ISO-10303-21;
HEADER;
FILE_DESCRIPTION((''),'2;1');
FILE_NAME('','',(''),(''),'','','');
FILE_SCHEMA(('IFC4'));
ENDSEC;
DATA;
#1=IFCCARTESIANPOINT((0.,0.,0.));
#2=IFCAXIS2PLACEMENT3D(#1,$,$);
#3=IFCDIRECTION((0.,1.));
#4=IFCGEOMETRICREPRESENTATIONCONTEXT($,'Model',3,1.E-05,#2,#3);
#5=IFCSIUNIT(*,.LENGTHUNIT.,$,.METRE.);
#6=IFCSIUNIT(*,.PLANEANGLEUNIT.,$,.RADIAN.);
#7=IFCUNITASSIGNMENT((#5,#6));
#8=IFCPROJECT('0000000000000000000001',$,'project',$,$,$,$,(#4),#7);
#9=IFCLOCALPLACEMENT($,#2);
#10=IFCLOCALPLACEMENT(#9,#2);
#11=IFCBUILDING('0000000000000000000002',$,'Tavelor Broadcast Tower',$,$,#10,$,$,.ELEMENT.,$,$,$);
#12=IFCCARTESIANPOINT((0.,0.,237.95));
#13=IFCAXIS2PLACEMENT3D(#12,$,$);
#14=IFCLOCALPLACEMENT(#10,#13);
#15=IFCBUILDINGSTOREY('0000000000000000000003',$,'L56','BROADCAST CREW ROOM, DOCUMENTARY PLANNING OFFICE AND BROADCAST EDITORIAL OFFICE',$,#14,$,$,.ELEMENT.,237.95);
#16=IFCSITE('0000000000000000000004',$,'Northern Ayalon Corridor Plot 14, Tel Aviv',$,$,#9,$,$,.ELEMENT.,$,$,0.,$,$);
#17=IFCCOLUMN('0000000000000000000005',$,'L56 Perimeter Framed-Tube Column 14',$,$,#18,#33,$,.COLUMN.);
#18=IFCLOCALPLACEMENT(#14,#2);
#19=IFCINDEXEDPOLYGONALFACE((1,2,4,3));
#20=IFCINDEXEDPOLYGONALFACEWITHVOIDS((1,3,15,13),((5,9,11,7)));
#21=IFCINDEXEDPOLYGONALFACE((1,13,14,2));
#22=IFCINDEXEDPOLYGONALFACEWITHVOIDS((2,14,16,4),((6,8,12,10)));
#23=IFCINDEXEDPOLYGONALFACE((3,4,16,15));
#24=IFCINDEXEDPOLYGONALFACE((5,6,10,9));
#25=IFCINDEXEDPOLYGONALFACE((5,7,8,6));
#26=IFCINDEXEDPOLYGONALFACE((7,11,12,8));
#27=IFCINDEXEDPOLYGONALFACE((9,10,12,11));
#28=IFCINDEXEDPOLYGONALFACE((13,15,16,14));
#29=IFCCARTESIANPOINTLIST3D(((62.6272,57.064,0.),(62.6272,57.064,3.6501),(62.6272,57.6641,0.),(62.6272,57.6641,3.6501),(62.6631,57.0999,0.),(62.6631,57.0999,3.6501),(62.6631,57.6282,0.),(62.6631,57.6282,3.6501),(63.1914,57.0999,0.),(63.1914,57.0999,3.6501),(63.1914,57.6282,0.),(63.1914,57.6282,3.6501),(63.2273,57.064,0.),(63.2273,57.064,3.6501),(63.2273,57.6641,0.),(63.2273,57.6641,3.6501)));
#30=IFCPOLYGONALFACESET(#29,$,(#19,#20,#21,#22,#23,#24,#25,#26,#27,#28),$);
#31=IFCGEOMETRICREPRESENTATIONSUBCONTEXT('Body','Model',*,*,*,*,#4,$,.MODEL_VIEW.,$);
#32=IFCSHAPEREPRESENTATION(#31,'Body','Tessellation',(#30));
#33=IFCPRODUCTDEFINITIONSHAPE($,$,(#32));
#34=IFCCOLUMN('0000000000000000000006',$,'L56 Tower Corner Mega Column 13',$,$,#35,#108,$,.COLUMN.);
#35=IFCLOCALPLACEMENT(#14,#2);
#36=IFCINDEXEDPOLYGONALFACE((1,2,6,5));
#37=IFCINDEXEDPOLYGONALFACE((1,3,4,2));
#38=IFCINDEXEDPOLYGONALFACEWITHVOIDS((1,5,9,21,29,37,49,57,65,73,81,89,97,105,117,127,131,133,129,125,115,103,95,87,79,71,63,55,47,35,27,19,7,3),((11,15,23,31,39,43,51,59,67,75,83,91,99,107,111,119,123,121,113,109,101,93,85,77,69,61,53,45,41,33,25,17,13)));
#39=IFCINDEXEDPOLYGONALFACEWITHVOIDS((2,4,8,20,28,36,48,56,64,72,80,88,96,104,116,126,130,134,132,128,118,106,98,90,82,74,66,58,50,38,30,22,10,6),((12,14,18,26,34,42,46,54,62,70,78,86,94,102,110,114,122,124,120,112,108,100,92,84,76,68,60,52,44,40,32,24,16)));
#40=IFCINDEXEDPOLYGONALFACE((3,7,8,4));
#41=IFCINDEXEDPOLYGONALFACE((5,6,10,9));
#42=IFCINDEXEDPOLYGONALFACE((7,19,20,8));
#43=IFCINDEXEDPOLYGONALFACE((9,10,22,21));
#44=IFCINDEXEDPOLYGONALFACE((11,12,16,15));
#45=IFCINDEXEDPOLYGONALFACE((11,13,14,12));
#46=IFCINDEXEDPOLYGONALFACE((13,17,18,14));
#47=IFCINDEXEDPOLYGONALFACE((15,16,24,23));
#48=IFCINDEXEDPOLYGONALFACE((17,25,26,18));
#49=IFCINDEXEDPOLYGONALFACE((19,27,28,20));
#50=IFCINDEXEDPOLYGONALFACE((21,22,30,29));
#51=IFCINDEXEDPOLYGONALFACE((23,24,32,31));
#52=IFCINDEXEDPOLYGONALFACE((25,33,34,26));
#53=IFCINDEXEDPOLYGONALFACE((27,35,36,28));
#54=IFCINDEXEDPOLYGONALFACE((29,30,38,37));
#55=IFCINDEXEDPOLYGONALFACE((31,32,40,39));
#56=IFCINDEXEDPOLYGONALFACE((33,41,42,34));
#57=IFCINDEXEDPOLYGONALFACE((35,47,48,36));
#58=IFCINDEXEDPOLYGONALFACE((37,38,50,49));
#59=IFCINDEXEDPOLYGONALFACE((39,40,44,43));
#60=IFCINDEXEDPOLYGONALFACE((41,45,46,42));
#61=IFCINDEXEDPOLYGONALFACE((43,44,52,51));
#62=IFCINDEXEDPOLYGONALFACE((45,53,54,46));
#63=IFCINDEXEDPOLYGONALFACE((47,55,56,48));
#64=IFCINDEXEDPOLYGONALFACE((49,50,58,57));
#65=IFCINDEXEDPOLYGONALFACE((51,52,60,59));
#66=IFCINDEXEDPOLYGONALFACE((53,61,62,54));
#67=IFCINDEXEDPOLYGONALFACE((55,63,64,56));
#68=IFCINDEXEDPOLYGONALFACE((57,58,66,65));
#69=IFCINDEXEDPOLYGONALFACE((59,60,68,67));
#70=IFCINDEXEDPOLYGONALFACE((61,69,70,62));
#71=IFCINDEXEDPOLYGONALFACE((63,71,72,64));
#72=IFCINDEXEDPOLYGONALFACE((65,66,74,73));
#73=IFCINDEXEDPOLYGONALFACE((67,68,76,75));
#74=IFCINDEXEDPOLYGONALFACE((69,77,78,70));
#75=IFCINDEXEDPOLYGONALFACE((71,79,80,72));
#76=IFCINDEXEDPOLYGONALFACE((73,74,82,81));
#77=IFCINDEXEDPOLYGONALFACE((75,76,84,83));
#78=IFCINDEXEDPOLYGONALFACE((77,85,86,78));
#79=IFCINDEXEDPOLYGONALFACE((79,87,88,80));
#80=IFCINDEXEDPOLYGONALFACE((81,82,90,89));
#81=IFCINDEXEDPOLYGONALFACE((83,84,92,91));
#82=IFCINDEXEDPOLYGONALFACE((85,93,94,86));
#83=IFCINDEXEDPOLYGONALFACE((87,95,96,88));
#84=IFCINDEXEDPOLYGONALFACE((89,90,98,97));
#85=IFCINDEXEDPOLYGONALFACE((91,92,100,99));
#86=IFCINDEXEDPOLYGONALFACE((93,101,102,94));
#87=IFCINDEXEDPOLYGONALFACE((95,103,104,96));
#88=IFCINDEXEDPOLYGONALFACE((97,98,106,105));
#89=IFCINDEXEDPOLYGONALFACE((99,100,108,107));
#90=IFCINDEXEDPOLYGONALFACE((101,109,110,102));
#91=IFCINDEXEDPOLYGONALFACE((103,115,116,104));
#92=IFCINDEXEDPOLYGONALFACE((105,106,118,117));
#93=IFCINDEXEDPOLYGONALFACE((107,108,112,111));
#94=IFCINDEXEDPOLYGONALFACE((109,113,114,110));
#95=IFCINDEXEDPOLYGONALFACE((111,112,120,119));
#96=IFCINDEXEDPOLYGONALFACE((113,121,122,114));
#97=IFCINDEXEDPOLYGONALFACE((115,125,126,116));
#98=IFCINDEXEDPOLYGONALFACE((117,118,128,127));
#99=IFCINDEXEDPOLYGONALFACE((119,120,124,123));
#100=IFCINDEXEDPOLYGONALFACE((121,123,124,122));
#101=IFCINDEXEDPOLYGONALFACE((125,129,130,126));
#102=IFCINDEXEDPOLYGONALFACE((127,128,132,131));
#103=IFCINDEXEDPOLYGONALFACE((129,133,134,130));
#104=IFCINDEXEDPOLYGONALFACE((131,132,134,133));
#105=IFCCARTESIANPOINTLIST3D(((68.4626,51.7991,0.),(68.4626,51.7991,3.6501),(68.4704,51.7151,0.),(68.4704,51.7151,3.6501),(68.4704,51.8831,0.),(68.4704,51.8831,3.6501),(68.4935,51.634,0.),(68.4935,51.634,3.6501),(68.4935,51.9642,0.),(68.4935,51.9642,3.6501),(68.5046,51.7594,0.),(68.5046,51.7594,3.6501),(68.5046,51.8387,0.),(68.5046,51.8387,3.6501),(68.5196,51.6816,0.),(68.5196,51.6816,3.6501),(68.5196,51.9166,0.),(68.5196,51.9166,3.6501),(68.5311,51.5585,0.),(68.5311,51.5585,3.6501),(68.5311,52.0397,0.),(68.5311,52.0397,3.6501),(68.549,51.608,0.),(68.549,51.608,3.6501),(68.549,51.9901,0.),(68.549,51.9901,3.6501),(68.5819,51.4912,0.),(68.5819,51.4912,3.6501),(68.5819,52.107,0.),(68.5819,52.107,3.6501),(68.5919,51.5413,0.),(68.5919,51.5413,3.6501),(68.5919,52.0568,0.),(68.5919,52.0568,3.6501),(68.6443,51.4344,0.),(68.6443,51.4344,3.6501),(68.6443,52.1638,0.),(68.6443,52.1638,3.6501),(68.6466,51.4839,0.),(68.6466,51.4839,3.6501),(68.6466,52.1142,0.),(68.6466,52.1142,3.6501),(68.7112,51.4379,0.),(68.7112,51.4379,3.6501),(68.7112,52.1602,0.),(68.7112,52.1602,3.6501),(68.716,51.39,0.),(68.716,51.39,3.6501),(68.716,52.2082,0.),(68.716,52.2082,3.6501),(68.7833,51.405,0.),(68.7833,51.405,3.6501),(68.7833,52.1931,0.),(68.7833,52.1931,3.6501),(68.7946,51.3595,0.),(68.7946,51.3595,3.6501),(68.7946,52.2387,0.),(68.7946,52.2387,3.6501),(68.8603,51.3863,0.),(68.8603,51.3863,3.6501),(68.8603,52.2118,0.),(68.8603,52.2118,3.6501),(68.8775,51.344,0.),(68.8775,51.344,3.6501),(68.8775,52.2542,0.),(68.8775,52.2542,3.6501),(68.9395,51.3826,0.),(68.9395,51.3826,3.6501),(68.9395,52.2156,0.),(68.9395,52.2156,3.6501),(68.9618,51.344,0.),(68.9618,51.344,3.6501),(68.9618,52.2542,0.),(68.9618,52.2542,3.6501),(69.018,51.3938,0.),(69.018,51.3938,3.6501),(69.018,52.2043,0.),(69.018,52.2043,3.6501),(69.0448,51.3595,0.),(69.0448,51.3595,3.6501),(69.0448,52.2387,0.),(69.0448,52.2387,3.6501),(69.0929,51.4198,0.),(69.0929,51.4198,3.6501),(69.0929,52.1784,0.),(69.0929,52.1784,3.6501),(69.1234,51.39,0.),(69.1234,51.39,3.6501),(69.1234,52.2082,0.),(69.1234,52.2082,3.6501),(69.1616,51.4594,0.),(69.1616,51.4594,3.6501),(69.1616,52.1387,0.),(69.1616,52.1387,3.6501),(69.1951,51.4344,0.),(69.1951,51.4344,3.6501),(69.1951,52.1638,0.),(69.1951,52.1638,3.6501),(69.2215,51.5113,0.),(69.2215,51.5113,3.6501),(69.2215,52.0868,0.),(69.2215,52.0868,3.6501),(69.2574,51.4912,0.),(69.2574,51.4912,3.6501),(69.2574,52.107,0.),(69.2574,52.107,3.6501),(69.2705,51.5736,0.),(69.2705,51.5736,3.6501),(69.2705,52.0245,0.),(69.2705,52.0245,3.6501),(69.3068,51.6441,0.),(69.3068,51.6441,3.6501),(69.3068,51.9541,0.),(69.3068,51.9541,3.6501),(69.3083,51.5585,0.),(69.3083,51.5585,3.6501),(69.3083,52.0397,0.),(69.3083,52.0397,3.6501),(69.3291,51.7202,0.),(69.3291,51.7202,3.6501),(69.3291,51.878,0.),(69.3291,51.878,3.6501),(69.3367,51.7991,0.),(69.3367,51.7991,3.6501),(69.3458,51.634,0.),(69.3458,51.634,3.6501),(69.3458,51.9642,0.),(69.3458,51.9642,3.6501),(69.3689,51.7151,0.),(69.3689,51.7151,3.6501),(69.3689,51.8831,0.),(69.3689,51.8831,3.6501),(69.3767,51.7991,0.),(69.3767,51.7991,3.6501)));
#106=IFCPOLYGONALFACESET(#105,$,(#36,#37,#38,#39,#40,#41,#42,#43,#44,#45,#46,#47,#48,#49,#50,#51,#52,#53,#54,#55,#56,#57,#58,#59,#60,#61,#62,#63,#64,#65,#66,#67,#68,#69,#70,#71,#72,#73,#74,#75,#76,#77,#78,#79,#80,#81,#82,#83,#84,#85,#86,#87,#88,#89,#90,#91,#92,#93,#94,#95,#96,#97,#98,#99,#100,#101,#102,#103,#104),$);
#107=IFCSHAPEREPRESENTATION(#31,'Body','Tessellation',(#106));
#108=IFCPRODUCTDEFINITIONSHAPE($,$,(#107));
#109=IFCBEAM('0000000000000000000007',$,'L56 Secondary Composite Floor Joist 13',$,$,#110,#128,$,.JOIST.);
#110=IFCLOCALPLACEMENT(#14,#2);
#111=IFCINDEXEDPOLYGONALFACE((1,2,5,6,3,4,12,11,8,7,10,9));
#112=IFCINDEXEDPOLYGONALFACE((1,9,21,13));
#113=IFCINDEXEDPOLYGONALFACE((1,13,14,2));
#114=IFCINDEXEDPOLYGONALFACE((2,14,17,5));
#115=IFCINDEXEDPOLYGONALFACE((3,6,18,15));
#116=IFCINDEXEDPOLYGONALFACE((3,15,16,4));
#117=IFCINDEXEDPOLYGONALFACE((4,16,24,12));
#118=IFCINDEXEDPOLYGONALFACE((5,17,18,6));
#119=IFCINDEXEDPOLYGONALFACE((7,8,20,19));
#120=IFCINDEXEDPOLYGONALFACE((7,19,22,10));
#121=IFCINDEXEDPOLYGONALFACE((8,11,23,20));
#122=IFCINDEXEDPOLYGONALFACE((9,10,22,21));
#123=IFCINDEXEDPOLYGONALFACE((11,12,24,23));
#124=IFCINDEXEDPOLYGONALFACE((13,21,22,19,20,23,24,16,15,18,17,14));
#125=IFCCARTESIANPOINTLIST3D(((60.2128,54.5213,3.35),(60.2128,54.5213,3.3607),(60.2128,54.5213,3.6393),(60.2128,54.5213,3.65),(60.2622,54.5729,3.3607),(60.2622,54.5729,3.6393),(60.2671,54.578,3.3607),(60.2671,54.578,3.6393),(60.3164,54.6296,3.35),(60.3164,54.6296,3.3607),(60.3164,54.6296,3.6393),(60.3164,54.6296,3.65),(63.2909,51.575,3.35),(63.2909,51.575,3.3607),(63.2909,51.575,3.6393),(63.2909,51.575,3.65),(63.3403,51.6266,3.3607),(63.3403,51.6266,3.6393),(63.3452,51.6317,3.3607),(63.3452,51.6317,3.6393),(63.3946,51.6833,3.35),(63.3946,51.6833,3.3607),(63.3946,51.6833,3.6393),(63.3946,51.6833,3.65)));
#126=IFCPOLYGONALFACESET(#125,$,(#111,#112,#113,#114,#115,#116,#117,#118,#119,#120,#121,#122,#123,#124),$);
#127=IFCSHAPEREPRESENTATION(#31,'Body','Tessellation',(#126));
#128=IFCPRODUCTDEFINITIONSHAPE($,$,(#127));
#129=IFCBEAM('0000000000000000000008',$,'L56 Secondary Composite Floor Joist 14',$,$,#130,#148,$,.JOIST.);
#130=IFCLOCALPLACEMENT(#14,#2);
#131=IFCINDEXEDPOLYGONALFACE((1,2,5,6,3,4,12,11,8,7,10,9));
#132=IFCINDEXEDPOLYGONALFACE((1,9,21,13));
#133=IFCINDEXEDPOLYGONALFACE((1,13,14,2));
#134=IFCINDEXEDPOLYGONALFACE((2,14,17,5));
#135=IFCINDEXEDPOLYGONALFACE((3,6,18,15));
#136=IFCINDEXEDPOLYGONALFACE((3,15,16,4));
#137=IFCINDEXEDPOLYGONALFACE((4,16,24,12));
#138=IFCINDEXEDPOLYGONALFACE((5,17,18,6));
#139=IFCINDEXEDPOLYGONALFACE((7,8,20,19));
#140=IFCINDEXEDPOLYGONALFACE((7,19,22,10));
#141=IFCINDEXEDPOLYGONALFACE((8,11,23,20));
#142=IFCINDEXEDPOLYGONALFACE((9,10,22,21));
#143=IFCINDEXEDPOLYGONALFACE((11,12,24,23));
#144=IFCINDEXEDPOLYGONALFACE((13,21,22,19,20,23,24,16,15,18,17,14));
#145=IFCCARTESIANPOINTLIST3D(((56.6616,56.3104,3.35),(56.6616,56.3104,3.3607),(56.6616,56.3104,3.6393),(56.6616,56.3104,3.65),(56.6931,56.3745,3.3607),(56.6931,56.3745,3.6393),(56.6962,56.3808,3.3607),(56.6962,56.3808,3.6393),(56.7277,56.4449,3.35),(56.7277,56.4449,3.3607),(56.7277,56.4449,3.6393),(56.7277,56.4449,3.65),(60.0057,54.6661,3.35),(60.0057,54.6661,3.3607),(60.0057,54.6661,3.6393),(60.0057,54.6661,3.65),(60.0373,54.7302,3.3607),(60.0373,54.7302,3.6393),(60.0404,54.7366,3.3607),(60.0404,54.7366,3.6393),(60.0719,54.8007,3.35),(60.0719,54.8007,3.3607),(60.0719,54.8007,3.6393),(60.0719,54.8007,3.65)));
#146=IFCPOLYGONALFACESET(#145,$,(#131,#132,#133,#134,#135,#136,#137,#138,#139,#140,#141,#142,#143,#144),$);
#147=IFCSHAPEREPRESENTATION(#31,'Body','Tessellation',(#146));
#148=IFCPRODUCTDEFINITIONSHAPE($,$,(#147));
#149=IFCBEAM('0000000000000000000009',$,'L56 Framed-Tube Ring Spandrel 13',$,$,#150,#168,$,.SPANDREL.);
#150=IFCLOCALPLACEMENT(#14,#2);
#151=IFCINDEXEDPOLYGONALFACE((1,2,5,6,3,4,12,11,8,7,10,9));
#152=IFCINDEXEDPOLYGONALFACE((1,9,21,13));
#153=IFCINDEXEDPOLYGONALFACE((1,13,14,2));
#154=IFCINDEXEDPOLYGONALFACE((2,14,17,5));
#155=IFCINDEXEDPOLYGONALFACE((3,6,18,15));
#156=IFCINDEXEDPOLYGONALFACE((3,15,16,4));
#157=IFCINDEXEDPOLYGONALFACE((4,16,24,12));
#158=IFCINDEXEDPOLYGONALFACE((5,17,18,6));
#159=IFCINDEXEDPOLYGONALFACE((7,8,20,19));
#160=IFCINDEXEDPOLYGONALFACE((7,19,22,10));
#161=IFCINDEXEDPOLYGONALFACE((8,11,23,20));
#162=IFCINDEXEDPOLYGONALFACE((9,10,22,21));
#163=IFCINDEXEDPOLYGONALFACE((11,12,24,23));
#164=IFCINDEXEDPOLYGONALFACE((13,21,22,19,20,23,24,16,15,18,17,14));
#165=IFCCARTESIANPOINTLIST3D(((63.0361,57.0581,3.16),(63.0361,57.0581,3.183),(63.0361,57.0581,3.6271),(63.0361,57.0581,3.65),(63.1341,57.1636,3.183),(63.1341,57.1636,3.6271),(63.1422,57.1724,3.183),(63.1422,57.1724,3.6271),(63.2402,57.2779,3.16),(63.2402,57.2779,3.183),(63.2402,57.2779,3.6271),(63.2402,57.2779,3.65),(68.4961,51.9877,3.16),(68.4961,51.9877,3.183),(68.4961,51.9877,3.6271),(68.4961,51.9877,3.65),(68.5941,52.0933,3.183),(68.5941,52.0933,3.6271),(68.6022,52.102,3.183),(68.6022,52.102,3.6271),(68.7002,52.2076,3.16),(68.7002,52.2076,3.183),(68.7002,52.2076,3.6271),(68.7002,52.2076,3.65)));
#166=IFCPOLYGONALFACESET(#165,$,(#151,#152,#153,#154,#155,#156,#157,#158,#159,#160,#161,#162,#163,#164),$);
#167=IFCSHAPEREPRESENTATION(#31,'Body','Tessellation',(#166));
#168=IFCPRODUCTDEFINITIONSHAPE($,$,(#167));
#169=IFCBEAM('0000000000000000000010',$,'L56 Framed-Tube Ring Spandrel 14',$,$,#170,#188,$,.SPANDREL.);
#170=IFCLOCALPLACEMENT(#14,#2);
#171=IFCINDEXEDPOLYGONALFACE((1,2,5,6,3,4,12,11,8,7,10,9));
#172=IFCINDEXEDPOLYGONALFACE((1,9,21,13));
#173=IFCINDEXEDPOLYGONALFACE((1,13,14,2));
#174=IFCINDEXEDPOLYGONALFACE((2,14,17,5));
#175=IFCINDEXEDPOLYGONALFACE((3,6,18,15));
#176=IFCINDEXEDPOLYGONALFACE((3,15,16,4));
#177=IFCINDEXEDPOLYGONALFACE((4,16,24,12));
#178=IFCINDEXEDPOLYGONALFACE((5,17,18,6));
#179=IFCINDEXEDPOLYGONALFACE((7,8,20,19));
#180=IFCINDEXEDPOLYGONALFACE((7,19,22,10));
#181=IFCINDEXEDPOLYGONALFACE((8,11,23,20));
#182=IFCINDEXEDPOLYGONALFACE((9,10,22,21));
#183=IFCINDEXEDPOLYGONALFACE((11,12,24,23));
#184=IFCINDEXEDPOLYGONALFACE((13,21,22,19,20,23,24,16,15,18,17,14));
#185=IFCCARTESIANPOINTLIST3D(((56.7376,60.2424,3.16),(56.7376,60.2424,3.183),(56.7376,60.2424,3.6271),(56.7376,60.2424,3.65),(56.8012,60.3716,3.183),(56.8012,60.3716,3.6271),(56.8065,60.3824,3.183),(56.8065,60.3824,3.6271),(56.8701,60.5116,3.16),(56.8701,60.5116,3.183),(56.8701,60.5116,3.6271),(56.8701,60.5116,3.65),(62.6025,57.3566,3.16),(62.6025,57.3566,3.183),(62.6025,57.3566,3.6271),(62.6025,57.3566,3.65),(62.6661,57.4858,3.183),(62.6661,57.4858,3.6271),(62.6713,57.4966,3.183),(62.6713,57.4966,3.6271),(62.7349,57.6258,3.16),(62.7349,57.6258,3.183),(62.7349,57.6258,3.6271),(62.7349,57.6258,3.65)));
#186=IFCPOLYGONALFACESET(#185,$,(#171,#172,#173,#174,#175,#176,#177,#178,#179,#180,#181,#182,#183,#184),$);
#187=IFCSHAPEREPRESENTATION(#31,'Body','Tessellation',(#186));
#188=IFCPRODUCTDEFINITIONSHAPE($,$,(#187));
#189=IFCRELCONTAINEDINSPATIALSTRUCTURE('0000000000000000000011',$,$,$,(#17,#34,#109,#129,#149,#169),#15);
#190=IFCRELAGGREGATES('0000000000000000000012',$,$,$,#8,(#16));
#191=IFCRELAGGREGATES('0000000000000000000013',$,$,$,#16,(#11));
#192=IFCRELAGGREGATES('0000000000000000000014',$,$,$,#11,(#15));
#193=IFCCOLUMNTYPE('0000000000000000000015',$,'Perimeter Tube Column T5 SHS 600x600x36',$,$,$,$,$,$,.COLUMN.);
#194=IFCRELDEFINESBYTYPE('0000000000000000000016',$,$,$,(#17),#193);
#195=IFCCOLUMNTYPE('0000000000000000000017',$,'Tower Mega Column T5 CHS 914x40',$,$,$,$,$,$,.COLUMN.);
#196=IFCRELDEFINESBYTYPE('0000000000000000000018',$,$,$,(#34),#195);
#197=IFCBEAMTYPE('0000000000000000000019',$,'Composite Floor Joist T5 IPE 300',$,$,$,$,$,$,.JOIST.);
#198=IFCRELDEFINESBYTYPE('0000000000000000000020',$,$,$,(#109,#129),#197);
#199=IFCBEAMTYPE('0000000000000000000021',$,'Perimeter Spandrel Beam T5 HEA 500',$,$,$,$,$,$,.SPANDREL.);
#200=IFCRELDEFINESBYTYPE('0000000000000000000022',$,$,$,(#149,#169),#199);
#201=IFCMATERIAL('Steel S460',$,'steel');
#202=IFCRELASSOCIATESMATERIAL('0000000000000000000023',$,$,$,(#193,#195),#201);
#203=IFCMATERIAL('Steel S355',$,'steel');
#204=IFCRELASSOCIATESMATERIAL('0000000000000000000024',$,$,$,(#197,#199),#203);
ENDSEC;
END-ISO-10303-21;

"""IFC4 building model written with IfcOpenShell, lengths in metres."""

from ifc_helpers import new_model, si_unit, direction, frame, origin, origin_2d, place, context, subcontext, project, spatial, hollow_rectangle, hollow_circle, i_section, extrude, material, material_profile, profile_set, type_object, element, save


model = new_model("IFC4")

# Units and contexts
model_context = context("Model", 3, precision=1e-05, world=origin(), true_north=direction((0.0, 1.0)))
body_context = subcontext(model_context, "Body", "Model", "MODEL_VIEW")
ifc_project = project(units=[si_unit("LENGTHUNIT", "METRE"), si_unit("PLANEANGLEUNIT", "RADIAN")], contexts=[model_context])

# Site, building, storey
site_placement = place(None, origin())
site = spatial("IfcSite", under=ifc_project, at=site_placement, Name="Northern Ayalon Corridor Plot 14, Tel Aviv", CompositionType="ELEMENT", RefElevation=0.0)
building_placement = place(site_placement, origin())
building = spatial("IfcBuilding", under=site, at=building_placement, Name="Tavelor Broadcast Tower", CompositionType="ELEMENT")
storey_placement = place(building_placement, frame((0.0, 0.0, 237.95)))
storey = spatial("IfcBuildingStorey", under=building, at=storey_placement, Name="L56", Description="BROADCAST CREW ROOM, DOCUMENTARY PLANNING OFFICE AND BROADCAST EDITORIAL OFFICE", CompositionType="ELEMENT", Elevation=237.95)

# Columns
ifc_material_1 = material(Name="Steel S460", Category="steel")
ifc_material_profile_1 = material_profile(ifc_material_1, hollow_rectangle(XDim=0.6001, YDim=0.6001, WallThickness=0.0359, at=origin_2d()), Name="SHS 600x600x36")
ifc_profile_set_1 = profile_set([ifc_material_profile_1], Name="Steel S460")
column_type_1 = type_object("IfcColumnType", Name="Perimeter Tube Column T5 SHS 600x600x36", PredefinedType="COLUMN", material=ifc_profile_set_1)
column_1_placement = place(storey_placement, frame((62.9272, 57.364, 0.0), z_axis=(0.0, 0.0, 1.0), x_axis=(1.0, 0.0, 0.0)))
element("IfcColumn", 1, at=column_1_placement, inside=storey, type_object=column_type_1, Name="L56 Perimeter Framed-Tube Column 14", PredefinedType="COLUMN", context=body_context, shape_type="SweptSolid", body=[
    extrude(hollow_rectangle(XDim=0.6001, YDim=0.6001, WallThickness=0.0359, at=origin_2d()), origin(), (0.0, 0.0, 1.0), 3.6501),
])
ifc_material_profile_2 = material_profile(ifc_material_1, hollow_circle(Radius=0.457, WallThickness=0.04, at=origin_2d()), Name="CHS 914x40")
ifc_profile_set_2 = profile_set([ifc_material_profile_2], Name="Steel S460")
column_type_2 = type_object("IfcColumnType", Name="Tower Mega Column T5 CHS 914x40", PredefinedType="COLUMN", material=ifc_profile_set_2)
column_2_placement = place(storey_placement, frame((68.9197, 51.7991, 0.0), z_axis=(0.0, 0.0, 1.0), x_axis=(1.0, 0.0, 0.0)))
element("IfcColumn", 2, at=column_2_placement, inside=storey, type_object=column_type_2, Name="L56 Tower Corner Mega Column 13", PredefinedType="COLUMN", context=body_context, shape_type="SweptSolid", body=[
    extrude(hollow_circle(Radius=0.457, WallThickness=0.04, at=origin_2d()), origin(), (0.0, 0.0, 1.0), 3.6501),
])

# Beams
ifc_material_2 = material(Name="Steel S355", Category="steel")
ifc_material_profile_3 = material_profile(ifc_material_2, i_section(OverallWidth=0.1499, OverallDepth=0.3, WebThickness=0.0071, FlangeThickness=0.0107, at=origin_2d()), Name="IPE 300")
ifc_profile_set_3 = profile_set([ifc_material_profile_3], Name="Steel S355")
beam_type_1 = type_object("IfcBeamType", Name="Composite Floor Joist T5 IPE 300", PredefinedType="JOIST", material=ifc_profile_set_3)
beam_1_placement = place(storey_placement, frame((63.3428, 51.6292, 3.5), z_axis=(-0.722408, 0.691467, 0.0), x_axis=(-0.691467, -0.722408, 0.0)))
element("IfcBeam", 3, at=beam_1_placement, inside=storey, type_object=beam_type_1, Name="L56 Secondary Composite Floor Joist 13", PredefinedType="JOIST", context=body_context, shape_type="SweptSolid", body=[
    extrude(i_section(OverallWidth=0.1499, OverallDepth=0.3, WebThickness=0.0071, FlangeThickness=0.0107, at=origin_2d()), origin(), (0.0, 0.0, 1.0), 4.261),
])
beam_2_placement = place(storey_placement, frame((60.0388, 54.7334, 3.5), z_axis=(-0.897395, 0.441229, 0.0), x_axis=(-0.441229, -0.897395, 0.0)))
element("IfcBeam", 4, at=beam_2_placement, inside=storey, type_object=beam_type_1, Name="L56 Secondary Composite Floor Joist 14", PredefinedType="JOIST", context=body_context, shape_type="SweptSolid", body=[
    extrude(i_section(OverallWidth=0.1499, OverallDepth=0.3, WebThickness=0.0071, FlangeThickness=0.0107, at=origin_2d()), origin(), (0.0, 0.0, 1.0), 3.7266),
])
ifc_material_profile_4 = material_profile(ifc_material_2, i_section(OverallWidth=0.3, OverallDepth=0.49, WebThickness=0.012, FlangeThickness=0.0229, at=origin_2d()), Name="HEA 500")
ifc_profile_set_4 = profile_set([ifc_material_profile_4], Name="Steel S355")
beam_type_2 = type_object("IfcBeamType", Name="Perimeter Spandrel Beam T5 HEA 500", PredefinedType="SPANDREL", material=ifc_profile_set_4)
beam_3_placement = place(storey_placement, frame((68.5981, 52.0977, 3.405), z_axis=(-0.73277, 0.680476, 0.0), x_axis=(-0.680476, -0.73277, 0.0)))
element("IfcBeam", 5, at=beam_3_placement, inside=storey, type_object=beam_type_2, Name="L56 Framed-Tube Ring Spandrel 13", PredefinedType="SPANDREL", context=body_context, shape_type="SweptSolid", body=[
    extrude(i_section(OverallWidth=0.3, OverallDepth=0.49, WebThickness=0.012, FlangeThickness=0.0229, at=origin_2d()), origin(), (0.0, 0.0, 1.0), 7.4512),
])
beam_4_placement = place(storey_placement, frame((62.6687, 57.4912, 3.405), z_axis=(-0.897263, 0.441497, 0.0), x_axis=(-0.441497, -0.897263, 0.0)))
element("IfcBeam", 6, at=beam_4_placement, inside=storey, type_object=beam_type_2, Name="L56 Framed-Tube Ring Spandrel 14", PredefinedType="SPANDREL", context=body_context, shape_type="SweptSolid", body=[
    extrude(i_section(OverallWidth=0.3, OverallDepth=0.49, WebThickness=0.012, FlangeThickness=0.0229, at=origin_2d()), origin(), (0.0, 0.0, 1.0), 6.5364),
])

save(model, "model.ifc")
